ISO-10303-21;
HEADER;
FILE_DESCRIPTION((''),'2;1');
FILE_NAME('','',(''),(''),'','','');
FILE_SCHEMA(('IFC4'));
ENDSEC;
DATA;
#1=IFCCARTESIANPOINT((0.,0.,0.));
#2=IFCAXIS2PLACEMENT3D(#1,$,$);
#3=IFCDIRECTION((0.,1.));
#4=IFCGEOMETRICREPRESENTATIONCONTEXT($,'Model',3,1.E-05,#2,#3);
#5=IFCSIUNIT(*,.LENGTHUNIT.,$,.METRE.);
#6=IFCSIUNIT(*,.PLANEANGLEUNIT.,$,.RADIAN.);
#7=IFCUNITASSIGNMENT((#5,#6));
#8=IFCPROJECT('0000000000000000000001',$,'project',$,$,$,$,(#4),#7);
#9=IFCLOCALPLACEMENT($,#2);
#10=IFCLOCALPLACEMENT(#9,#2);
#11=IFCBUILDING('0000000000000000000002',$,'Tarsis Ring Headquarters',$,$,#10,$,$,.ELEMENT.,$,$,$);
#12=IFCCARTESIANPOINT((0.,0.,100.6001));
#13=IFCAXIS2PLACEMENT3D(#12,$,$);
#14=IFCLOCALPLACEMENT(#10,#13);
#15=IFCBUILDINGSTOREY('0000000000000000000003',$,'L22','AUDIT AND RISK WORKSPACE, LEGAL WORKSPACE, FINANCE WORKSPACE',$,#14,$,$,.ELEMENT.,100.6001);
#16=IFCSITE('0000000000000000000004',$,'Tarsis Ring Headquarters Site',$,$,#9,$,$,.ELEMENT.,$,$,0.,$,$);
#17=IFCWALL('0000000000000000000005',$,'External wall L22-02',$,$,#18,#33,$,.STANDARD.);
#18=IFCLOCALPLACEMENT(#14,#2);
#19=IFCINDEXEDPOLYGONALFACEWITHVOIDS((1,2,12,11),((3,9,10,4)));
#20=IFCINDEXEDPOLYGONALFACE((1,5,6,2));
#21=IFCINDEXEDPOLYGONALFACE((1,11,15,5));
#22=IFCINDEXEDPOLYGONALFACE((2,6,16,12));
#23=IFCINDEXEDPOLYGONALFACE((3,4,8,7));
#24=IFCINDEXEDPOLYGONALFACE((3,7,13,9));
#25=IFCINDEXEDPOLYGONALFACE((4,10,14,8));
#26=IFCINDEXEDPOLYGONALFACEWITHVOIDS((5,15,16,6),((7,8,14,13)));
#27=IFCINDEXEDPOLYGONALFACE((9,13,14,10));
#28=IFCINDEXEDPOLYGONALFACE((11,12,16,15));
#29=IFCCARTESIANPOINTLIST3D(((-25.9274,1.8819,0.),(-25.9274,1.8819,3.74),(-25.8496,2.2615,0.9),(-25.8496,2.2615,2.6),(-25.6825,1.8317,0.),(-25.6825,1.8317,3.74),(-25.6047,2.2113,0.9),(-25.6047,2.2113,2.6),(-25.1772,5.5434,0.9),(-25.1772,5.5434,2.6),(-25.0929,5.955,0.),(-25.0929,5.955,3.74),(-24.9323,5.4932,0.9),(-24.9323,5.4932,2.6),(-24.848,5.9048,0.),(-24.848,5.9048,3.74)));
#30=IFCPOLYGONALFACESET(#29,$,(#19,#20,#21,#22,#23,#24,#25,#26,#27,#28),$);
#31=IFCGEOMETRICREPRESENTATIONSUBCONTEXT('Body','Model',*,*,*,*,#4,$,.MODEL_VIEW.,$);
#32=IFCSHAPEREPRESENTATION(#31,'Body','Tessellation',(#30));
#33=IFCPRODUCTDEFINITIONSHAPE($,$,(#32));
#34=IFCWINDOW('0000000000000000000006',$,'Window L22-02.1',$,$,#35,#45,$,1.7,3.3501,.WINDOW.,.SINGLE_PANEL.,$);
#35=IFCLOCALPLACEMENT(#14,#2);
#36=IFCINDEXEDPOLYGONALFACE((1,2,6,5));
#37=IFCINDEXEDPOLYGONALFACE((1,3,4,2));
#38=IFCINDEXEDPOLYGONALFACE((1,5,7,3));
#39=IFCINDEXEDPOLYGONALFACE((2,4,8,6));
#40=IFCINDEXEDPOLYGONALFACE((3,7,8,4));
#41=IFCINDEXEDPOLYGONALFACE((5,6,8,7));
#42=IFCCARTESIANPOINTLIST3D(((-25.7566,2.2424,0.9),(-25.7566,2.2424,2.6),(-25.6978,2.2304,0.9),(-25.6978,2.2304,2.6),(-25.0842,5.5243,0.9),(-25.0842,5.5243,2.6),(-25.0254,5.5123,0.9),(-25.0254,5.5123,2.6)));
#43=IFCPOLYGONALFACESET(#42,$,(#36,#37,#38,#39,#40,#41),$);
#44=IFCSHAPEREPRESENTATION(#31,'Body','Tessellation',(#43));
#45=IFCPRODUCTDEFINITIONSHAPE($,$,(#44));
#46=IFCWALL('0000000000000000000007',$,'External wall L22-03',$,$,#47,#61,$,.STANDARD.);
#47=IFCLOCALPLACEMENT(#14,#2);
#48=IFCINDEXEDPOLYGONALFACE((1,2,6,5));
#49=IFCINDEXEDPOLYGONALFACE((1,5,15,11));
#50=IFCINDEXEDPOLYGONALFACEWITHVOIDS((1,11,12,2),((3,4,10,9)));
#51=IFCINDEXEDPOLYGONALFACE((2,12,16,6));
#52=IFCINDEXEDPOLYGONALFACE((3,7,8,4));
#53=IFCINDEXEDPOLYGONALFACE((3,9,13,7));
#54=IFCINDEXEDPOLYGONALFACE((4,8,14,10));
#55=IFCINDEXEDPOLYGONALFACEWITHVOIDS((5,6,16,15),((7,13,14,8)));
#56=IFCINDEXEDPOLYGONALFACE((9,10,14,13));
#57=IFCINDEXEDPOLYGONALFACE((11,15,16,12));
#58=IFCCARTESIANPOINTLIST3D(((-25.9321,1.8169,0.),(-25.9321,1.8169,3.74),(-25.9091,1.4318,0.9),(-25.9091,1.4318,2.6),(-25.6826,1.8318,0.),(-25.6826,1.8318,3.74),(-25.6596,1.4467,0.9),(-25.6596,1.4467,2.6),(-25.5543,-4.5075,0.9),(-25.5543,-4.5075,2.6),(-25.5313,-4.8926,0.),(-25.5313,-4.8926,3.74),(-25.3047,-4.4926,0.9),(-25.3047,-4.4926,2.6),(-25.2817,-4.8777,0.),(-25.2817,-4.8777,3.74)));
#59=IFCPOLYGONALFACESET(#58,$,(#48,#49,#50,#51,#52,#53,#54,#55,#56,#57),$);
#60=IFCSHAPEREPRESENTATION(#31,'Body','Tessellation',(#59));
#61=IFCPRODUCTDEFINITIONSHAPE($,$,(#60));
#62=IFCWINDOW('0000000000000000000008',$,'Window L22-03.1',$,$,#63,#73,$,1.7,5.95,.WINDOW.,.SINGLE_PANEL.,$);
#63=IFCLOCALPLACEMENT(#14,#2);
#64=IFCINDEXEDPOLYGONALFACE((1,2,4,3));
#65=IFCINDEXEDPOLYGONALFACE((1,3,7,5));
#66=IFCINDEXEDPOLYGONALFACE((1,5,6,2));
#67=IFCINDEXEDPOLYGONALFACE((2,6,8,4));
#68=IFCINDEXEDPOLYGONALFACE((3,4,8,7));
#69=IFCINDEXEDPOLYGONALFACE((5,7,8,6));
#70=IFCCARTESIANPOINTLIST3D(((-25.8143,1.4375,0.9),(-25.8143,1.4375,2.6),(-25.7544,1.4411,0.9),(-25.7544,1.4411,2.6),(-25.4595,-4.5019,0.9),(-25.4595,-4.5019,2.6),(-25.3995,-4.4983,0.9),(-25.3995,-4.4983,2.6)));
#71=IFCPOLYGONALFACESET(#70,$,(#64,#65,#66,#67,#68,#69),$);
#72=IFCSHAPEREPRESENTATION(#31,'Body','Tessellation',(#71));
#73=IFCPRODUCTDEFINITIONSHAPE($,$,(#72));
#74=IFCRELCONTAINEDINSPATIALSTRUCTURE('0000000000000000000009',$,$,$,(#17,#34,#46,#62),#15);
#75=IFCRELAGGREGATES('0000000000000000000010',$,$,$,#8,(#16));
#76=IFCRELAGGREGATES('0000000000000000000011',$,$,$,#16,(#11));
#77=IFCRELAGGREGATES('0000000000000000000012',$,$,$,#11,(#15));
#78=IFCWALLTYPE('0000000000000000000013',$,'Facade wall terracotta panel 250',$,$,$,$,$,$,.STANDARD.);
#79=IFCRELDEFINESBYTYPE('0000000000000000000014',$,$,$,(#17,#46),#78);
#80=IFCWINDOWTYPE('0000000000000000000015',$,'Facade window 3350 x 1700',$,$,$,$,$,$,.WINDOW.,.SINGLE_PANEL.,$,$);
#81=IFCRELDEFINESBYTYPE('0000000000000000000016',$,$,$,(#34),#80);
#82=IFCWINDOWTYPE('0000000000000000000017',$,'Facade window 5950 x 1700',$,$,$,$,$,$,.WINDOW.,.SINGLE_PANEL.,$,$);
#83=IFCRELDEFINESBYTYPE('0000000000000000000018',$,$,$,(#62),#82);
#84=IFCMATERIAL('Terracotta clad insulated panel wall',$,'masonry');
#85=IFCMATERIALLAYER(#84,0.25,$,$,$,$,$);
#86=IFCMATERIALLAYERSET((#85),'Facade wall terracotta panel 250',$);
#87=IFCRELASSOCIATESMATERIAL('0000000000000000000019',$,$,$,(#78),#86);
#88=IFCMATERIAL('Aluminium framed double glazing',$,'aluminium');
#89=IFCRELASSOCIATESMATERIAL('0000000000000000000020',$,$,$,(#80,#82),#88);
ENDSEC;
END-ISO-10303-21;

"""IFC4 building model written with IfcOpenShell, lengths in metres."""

from ifc_helpers import new_model, si_unit, direction, frame, frame_2d, origin, place, context, subcontext, project, spatial, rectangle, extrude, material, layer, layer_set, type_object, element, fill, save


model = new_model("IFC4")

# Units and contexts
model_context = context("Model", 3, precision=1e-05, world=origin(), true_north=direction((0.0, 1.0)))
body_context = subcontext(model_context, "Body", "Model", "MODEL_VIEW")
ifc_project = project(units=[si_unit("LENGTHUNIT", "METRE"), si_unit("PLANEANGLEUNIT", "RADIAN")], contexts=[model_context])

# Site, building, storey
site_placement = place(None, origin())
site = spatial("IfcSite", under=ifc_project, at=site_placement, Name="Tarsis Ring Headquarters Site", CompositionType="ELEMENT", RefElevation=0.0)
building_placement = place(site_placement, origin())
building = spatial("IfcBuilding", under=site, at=building_placement, Name="Tarsis Ring Headquarters", CompositionType="ELEMENT")
storey_placement = place(building_placement, frame((0.0, 0.0, 100.6001)))
storey = spatial("IfcBuildingStorey", under=building, at=storey_placement, Name="L22", Description="AUDIT AND RISK WORKSPACE, LEGAL WORKSPACE, FINANCE WORKSPACE", CompositionType="ELEMENT", Elevation=100.6001)

# Walls, openings, windows
ifc_material_1 = material(Name="Terracotta clad insulated panel wall", Category="masonry")
ifc_layer_1 = layer(ifc_material_1, 0.25)
ifc_layer_set_1 = layer_set([ifc_layer_1], Name="Facade wall terracotta panel 250")
wall_type_1 = type_object("IfcWallType", Name="Facade wall terracotta panel 250", PredefinedType="STANDARD", material=ifc_layer_set_1)
wall_1_placement = place(storey_placement, frame((-24.9705, 5.9299, 0.0), z_axis=(0.0, 0.0, 1.0), x_axis=(-0.20071, -0.979651, 0.0)))
wall_1 = element("IfcWall", 1, at=wall_1_placement, inside=storey, type_object=wall_type_1, Name="External wall L22-02", PredefinedType="STANDARD", context=body_context, shape_type="SweptSolid", body=[
    extrude(rectangle(XDim=4.1577, YDim=0.25, at=frame_2d((2.0789, 0.0))), origin(), (0.0, 0.0, 1.0), 3.74),
])
opening_1_placement = place(wall_1_placement, frame((0.4202, 0.0, 0.8999)))
opening_1 = element("IfcOpeningElement", 2, at=opening_1_placement, cuts=wall_1, PredefinedType="OPENING", context=body_context, shape_type="SweptSolid", body=[
    extrude(rectangle(XDim=3.3501, YDim=1.7, at=frame_2d((1.675, 0.8501))), frame((0.0, 0.135, 0.0), z_axis=(0.0, -1.0, 0.0), x_axis=(1.0, 0.0, 0.0)), (0.0, 0.0, 1.0), 0.27),
])
ifc_material_2 = material(Name="Aluminium framed double glazing", Category="aluminium")
window_type_1 = type_object("IfcWindowType", Name="Facade window 3350 x 1700", PartitioningType="SINGLE_PANEL", PredefinedType="WINDOW", material=ifc_material_2)
window_1_placement = place(opening_1_placement, origin())
window_1 = element("IfcWindow", 3, at=window_1_placement, inside=storey, type_object=window_type_1, Name="Window L22-02.1", OverallHeight=1.7, OverallWidth=3.3501, PartitioningType="SINGLE_PANEL", PredefinedType="WINDOW", context=body_context, shape_type="SweptSolid", body=[
    extrude(rectangle(XDim=3.3501, YDim=1.7, at=frame_2d((1.675, 0.8501))), frame((0.0, 0.03, 0.0), z_axis=(0.0, -1.0, 0.0), x_axis=(1.0, 0.0, 0.0)), (0.0, 0.0, 1.0), 0.0601),
])
fill(opening_1, window_1)
wall_2_placement = place(storey_placement, frame((-25.8074, 1.8245, 0.0), z_axis=(0.0, 0.0, 1.0), x_axis=(0.059642, -0.99822, 0.0)))
wall_2 = element("IfcWall", 4, at=wall_2_placement, inside=storey, type_object=wall_type_1, Name="External wall L22-03", PredefinedType="STANDARD", context=body_context, shape_type="SweptSolid", body=[
    extrude(rectangle(XDim=6.7214, YDim=0.25, at=frame_2d((3.3608, 0.0))), origin(), (0.0, 0.0, 1.0), 3.74),
])
opening_2_placement = place(wall_2_placement, frame((0.3857, 0.0, 0.8999)))
opening_2 = element("IfcOpeningElement", 5, at=opening_2_placement, cuts=wall_2, PredefinedType="OPENING", context=body_context, shape_type="SweptSolid", body=[
    extrude(rectangle(XDim=5.95, YDim=1.7, at=frame_2d((2.9751, 0.8501))), frame((0.0, 0.135, 0.0), z_axis=(0.0, -1.0, 0.0), x_axis=(1.0, 0.0, 0.0)), (0.0, 0.0, 1.0), 0.27),
])
window_type_2 = type_object("IfcWindowType", Name="Facade window 5950 x 1700", PartitioningType="SINGLE_PANEL", PredefinedType="WINDOW", material=ifc_material_2)
window_2_placement = place(opening_2_placement, origin())
window_2 = element("IfcWindow", 6, at=window_2_placement, inside=storey, type_object=window_type_2, Name="Window L22-03.1", OverallHeight=1.7, OverallWidth=5.95, PartitioningType="SINGLE_PANEL", PredefinedType="WINDOW", context=body_context, shape_type="SweptSolid", body=[
    extrude(rectangle(XDim=5.95, YDim=1.7, at=frame_2d((2.9751, 0.8501))), frame((0.0, 0.03, 0.0), z_axis=(0.0, -1.0, 0.0), x_axis=(1.0, 0.0, 0.0)), (0.0, 0.0, 1.0), 0.0601),
])
fill(opening_2, window_2)

save(model, "model.ifc")
